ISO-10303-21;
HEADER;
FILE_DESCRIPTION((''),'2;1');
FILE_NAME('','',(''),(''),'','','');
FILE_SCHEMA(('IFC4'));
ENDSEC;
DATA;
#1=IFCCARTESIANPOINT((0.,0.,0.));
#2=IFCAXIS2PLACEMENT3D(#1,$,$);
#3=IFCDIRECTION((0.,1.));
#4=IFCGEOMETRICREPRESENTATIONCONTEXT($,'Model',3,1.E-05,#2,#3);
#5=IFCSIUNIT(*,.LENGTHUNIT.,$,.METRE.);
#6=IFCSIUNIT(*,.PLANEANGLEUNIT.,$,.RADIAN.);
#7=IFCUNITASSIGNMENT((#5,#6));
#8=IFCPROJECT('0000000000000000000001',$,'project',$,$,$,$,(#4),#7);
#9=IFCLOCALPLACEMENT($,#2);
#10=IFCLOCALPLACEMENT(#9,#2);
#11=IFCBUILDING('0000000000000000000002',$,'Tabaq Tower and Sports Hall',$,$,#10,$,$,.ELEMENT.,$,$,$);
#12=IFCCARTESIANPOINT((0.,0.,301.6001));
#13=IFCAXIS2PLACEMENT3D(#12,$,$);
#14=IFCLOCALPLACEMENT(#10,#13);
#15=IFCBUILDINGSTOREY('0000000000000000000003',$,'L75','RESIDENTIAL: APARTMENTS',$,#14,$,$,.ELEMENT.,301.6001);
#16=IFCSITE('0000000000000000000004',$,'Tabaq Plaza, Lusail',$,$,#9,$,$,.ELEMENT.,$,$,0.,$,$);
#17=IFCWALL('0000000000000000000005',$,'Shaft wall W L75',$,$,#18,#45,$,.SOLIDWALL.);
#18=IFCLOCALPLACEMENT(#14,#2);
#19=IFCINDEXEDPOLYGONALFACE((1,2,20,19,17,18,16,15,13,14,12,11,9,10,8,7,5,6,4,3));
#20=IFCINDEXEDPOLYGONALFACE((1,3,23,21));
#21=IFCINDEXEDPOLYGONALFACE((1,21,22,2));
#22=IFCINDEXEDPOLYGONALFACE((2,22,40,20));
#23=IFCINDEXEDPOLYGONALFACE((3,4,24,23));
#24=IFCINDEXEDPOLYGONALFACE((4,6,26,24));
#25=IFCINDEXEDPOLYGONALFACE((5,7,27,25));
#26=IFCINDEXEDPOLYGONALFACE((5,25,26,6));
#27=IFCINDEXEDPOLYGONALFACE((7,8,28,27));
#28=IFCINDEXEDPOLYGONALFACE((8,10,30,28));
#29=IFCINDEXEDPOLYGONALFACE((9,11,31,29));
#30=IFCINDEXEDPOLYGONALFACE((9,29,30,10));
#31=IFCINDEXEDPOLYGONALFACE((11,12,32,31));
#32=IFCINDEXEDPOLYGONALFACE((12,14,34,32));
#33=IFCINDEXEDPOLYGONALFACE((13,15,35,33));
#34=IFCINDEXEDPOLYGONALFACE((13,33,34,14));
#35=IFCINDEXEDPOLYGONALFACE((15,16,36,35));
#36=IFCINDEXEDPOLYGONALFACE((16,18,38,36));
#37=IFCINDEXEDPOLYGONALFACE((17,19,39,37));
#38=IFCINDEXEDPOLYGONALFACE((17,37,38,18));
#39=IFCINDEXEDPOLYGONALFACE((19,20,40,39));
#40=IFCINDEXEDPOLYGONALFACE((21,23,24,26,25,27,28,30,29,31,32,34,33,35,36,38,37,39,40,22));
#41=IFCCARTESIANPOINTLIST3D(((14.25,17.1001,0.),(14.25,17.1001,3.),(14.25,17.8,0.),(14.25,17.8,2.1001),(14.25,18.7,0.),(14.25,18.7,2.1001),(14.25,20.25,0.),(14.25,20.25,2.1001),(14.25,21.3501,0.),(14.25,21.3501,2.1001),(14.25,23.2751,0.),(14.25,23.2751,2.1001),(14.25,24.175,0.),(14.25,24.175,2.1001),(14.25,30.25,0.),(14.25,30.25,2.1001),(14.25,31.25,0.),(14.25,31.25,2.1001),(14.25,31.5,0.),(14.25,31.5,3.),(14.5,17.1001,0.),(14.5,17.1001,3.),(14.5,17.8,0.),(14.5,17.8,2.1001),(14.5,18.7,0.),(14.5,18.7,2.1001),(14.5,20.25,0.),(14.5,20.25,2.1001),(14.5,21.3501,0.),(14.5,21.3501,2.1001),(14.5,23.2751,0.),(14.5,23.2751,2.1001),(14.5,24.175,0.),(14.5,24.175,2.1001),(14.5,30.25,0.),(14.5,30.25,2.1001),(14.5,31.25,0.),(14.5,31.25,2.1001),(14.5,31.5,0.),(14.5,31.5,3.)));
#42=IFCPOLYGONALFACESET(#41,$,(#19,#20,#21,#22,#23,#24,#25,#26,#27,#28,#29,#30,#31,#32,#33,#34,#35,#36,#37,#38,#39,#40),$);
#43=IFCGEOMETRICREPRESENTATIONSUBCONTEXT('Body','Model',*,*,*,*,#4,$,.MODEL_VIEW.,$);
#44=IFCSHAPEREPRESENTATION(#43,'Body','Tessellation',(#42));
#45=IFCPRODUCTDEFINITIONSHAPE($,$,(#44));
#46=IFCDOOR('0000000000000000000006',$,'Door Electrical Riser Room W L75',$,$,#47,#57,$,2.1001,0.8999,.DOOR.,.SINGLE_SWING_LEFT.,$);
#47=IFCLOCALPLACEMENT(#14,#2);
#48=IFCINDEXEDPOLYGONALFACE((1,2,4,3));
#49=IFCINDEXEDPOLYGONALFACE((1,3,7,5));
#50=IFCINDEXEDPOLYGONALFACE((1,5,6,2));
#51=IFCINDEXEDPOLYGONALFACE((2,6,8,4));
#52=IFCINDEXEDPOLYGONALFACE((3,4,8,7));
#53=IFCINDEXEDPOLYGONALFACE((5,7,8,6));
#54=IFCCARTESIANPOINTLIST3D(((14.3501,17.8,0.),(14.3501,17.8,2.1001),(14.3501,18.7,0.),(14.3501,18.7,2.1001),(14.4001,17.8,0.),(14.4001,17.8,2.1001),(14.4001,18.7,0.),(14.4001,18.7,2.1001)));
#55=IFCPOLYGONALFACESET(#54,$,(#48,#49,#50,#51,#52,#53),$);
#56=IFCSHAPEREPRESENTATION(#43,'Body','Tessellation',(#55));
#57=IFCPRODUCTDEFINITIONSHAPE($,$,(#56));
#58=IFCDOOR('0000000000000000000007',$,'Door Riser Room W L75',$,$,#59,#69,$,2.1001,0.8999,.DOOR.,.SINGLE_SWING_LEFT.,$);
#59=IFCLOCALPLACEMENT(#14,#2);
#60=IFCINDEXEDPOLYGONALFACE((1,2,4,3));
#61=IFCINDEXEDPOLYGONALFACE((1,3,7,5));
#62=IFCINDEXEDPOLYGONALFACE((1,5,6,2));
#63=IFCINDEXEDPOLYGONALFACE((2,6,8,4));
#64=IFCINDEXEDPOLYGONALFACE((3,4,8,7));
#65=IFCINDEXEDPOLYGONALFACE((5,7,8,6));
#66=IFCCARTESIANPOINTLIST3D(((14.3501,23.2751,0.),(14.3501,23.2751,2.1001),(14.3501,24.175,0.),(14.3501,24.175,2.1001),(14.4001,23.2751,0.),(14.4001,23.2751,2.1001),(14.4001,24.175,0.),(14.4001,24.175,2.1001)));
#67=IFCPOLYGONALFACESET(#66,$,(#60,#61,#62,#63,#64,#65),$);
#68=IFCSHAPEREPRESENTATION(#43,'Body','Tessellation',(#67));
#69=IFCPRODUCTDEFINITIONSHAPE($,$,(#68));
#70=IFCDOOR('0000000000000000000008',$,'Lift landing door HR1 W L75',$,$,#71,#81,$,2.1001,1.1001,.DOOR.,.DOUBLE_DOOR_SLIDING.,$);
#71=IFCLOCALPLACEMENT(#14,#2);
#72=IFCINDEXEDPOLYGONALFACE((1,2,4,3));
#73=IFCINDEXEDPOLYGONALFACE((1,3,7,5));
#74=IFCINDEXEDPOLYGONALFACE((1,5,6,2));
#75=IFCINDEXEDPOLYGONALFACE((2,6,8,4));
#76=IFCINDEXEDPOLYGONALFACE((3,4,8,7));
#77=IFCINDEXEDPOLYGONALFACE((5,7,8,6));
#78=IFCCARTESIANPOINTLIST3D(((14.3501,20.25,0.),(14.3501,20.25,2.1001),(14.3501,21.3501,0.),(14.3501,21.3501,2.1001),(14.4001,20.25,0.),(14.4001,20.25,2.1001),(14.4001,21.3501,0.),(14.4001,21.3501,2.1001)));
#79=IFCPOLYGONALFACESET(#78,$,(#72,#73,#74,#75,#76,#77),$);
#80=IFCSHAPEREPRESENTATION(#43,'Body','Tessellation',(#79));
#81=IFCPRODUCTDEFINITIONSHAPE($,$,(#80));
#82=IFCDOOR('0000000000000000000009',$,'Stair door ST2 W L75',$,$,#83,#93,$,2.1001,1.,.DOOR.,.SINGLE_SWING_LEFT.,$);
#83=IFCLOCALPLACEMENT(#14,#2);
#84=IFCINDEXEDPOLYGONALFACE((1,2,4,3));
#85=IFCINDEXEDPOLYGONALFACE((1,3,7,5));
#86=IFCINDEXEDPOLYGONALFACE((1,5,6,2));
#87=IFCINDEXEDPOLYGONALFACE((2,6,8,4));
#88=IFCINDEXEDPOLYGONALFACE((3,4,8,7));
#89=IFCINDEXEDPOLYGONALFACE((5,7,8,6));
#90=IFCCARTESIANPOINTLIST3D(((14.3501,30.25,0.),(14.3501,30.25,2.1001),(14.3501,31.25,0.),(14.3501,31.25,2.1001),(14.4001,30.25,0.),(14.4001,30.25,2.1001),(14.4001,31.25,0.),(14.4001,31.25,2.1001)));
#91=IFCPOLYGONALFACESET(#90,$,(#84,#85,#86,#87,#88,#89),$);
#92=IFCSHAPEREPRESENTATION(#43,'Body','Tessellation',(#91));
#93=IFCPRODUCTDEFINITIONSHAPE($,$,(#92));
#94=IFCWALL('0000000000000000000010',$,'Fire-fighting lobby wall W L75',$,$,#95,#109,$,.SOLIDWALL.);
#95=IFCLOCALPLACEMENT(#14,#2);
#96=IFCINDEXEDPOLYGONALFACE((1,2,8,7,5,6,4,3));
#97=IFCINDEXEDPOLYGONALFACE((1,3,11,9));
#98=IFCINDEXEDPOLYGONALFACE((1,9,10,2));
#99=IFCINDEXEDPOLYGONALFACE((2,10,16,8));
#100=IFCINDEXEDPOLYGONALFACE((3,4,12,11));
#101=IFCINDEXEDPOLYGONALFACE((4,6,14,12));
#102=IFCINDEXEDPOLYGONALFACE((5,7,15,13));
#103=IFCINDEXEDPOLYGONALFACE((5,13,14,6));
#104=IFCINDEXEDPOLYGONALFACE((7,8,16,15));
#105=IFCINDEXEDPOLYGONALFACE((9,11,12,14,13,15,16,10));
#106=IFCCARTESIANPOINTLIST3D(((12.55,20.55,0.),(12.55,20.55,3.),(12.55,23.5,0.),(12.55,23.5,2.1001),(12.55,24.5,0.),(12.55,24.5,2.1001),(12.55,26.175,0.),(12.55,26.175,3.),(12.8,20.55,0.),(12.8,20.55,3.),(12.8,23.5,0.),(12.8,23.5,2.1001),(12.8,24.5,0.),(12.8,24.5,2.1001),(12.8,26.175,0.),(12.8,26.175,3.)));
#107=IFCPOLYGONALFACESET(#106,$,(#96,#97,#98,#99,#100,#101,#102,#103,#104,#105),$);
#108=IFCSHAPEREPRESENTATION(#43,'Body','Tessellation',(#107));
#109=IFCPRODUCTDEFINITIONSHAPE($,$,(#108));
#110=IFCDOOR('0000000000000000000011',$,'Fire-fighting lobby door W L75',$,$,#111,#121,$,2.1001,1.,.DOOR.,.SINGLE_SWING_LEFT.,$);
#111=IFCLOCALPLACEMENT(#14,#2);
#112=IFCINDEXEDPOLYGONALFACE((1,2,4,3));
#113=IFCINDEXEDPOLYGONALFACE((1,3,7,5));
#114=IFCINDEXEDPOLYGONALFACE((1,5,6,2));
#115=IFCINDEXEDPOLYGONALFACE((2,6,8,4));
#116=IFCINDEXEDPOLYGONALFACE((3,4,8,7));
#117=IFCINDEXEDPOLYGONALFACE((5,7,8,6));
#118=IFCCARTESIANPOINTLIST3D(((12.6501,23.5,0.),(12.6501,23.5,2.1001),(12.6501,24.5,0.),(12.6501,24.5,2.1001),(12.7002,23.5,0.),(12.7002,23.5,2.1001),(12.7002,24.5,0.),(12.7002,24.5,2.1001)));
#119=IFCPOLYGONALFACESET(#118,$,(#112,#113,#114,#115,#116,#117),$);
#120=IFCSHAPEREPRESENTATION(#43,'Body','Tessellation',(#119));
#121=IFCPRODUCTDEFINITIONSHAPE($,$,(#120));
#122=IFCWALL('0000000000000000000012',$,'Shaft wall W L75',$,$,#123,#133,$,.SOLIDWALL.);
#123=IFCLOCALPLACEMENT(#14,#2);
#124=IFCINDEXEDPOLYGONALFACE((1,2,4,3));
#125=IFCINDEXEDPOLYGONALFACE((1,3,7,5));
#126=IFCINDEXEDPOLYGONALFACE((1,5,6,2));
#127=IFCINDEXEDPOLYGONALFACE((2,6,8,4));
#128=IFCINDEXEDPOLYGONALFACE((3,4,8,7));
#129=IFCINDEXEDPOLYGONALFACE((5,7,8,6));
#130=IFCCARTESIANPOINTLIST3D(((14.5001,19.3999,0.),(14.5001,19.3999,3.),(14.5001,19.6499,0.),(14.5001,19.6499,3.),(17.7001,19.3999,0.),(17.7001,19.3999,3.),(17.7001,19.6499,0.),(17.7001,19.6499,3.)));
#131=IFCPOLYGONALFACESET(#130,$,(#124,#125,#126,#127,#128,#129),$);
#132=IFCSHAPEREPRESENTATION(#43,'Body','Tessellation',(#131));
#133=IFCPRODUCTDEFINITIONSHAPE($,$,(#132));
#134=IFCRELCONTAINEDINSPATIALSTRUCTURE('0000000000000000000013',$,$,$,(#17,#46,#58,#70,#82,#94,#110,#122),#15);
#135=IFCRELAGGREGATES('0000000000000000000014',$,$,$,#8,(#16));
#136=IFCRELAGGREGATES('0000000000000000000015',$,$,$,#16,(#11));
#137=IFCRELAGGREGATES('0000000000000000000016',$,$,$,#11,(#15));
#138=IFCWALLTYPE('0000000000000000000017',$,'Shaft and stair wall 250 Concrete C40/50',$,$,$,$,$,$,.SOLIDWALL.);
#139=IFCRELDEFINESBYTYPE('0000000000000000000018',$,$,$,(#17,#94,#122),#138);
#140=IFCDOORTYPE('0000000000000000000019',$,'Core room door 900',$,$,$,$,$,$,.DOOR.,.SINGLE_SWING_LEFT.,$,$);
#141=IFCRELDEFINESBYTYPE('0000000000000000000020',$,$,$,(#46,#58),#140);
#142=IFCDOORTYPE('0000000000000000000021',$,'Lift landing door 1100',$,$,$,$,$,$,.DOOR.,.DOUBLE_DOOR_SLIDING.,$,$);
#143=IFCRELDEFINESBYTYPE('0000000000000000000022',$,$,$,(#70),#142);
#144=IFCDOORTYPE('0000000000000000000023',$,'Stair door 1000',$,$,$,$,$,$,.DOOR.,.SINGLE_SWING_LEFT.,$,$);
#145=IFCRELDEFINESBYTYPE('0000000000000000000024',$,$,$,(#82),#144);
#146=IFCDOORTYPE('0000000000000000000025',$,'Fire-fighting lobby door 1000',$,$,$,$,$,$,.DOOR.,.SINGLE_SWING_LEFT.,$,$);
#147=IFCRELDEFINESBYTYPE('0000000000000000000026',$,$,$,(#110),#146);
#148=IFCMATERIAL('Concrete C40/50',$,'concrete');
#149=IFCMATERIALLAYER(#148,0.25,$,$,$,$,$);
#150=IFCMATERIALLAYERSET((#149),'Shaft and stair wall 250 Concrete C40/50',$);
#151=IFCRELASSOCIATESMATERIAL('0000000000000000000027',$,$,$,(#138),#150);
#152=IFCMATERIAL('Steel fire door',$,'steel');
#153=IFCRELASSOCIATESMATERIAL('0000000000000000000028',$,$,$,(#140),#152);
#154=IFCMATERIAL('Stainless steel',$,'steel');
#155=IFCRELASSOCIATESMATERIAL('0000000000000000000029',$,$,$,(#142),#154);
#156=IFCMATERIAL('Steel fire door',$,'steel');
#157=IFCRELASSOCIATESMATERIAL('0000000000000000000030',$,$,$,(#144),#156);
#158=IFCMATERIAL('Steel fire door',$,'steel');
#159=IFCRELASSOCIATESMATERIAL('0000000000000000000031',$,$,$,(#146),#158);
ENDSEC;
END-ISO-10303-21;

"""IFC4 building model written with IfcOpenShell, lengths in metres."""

from ifc_helpers import new_model, si_unit, direction, frame, frame_2d, origin, place, context, subcontext, project, spatial, rectangle, extrude, material, layer, layer_set, type_object, element, fill, save


model = new_model("IFC4")

# Units and contexts
model_context = context("Model", 3, precision=1e-05, world=origin(), true_north=direction((0.0, 1.0)))
body_context = subcontext(model_context, "Body", "Model", "MODEL_VIEW")
ifc_project = project(units=[si_unit("LENGTHUNIT", "METRE"), si_unit("PLANEANGLEUNIT", "RADIAN")], contexts=[model_context])

# Site, building, storey
site_placement = place(None, origin())
site = spatial("IfcSite", under=ifc_project, at=site_placement, Name="Tabaq Plaza, Lusail", CompositionType="ELEMENT", RefElevation=0.0)
building_placement = place(site_placement, origin())
building = spatial("IfcBuilding", under=site, at=building_placement, Name="Tabaq Tower and Sports Hall", CompositionType="ELEMENT")
storey_placement = place(building_placement, frame((0.0, 0.0, 301.6001)))
storey = spatial("IfcBuildingStorey", under=building, at=storey_placement, Name="L75", Description="RESIDENTIAL: APARTMENTS", CompositionType="ELEMENT", Elevation=301.6001)

# Wall, openings, doors
ifc_material_1 = material(Name="Concrete C40/50", Category="concrete")
ifc_layer_1 = layer(ifc_material_1, 0.25)
ifc_layer_set_1 = layer_set([ifc_layer_1], Name="Shaft and stair wall 250 Concrete C40/50")
wall_type_1 = type_object("IfcWallType", Name="Shaft and stair wall 250 Concrete C40/50", PredefinedType="SOLIDWALL", material=ifc_layer_set_1)
wall_1_placement = place(storey_placement, frame((14.375, 17.1001, 0.0), z_axis=(0.0, 0.0, 1.0), x_axis=(0.0, 1.0, 0.0)))
wall_1 = element("IfcWall", 1, at=wall_1_placement, inside=storey, type_object=wall_type_1, Name="Shaft wall W L75", PredefinedType="SOLIDWALL", context=body_context, shape_type="SweptSolid", body=[
    extrude(rectangle(XDim=14.3999, YDim=0.25, at=frame_2d((7.2, 0.0))), origin(), (0.0, 0.0, 1.0), 3.0),
])
opening_1_placement = place(wall_1_placement, frame((13.1499, 0.0, 0.0)))
opening_1 = element("IfcOpeningElement", 2, at=opening_1_placement, cuts=wall_1, PredefinedType="OPENING", context=body_context, shape_type="SweptSolid", body=[
    extrude(rectangle(XDim=1.0, YDim=2.1001, at=frame_2d((0.5, 1.05))), frame((0.0, 0.125, 0.0), z_axis=(0.0, -1.0, 0.0), x_axis=(1.0, 0.0, 0.0)), (0.0, 0.0, 1.0), 0.25),
])
opening_2_placement = place(wall_1_placement, frame((3.1499, 0.0, 0.0)))
opening_2 = element("IfcOpeningElement", 3, at=opening_2_placement, cuts=wall_1, PredefinedType="OPENING", context=body_context, shape_type="SweptSolid", body=[
    extrude(rectangle(XDim=1.1001, YDim=2.1001, at=frame_2d((0.55, 1.05))), frame((0.0, 0.125, 0.0), z_axis=(0.0, -1.0, 0.0), x_axis=(1.0, 0.0, 0.0)), (0.0, 0.0, 1.0), 0.25),
])
opening_3_placement = place(wall_1_placement, frame((0.7, 0.0, 0.0)))
opening_3 = element("IfcOpeningElement", 4, at=opening_3_placement, cuts=wall_1, PredefinedType="OPENING", context=body_context, shape_type="SweptSolid", body=[
    extrude(rectangle(XDim=0.8999, YDim=2.1001, at=frame_2d((0.45, 1.05))), frame((0.0, 0.125, 0.0), z_axis=(0.0, -1.0, 0.0), x_axis=(1.0, 0.0, 0.0)), (0.0, 0.0, 1.0), 0.25),
])
opening_4_placement = place(wall_1_placement, frame((6.175, 0.0, 0.0)))
opening_4 = element("IfcOpeningElement", 5, at=opening_4_placement, cuts=wall_1, PredefinedType="OPENING", context=body_context, shape_type="SweptSolid", body=[
    extrude(rectangle(XDim=0.8999, YDim=2.1001, at=frame_2d((0.45, 1.05))), frame((0.0, 0.125, 0.0), z_axis=(0.0, -1.0, 0.0), x_axis=(1.0, 0.0, 0.0)), (0.0, 0.0, 1.0), 0.25),
])
ifc_material_2 = material(Name="Steel fire door", Category="steel")
door_type_1 = type_object("IfcDoorType", Name="Core room door 900", OperationType="SINGLE_SWING_LEFT", PredefinedType="DOOR", material=ifc_material_2)
door_1_placement = place(opening_3_placement, origin())
door_1 = element("IfcDoor", 6, at=door_1_placement, inside=storey, type_object=door_type_1, Name="Door Electrical Riser Room W L75", OperationType="SINGLE_SWING_LEFT", OverallHeight=2.1001, OverallWidth=0.8999, PredefinedType="DOOR", context=body_context, shape_type="SweptSolid", body=[
    extrude(rectangle(XDim=0.8999, YDim=2.1001, at=frame_2d((0.45, 1.05))), frame((0.0, 0.0249, 0.0), z_axis=(0.0, -1.0, 0.0), x_axis=(1.0, 0.0, 0.0)), (0.0, 0.0, 1.0), 0.05),
])
fill(opening_3, door_1)
door_2_placement = place(opening_4_placement, origin())
door_2 = element("IfcDoor", 7, at=door_2_placement, inside=storey, type_object=door_type_1, Name="Door Riser Room W L75", OperationType="SINGLE_SWING_LEFT", OverallHeight=2.1001, OverallWidth=0.8999, PredefinedType="DOOR", context=body_context, shape_type="SweptSolid", body=[
    extrude(rectangle(XDim=0.8999, YDim=2.1001, at=frame_2d((0.45, 1.05))), frame((0.0, 0.0249, 0.0), z_axis=(0.0, -1.0, 0.0), x_axis=(1.0, 0.0, 0.0)), (0.0, 0.0, 1.0), 0.05),
])
fill(opening_4, door_2)
ifc_material_3 = material(Name="Stainless steel", Category="steel")
door_type_2 = type_object("IfcDoorType", Name="Lift landing door 1100", OperationType="DOUBLE_DOOR_SLIDING", PredefinedType="DOOR", material=ifc_material_3)
door_3_placement = place(opening_2_placement, origin())
door_3 = element("IfcDoor", 8, at=door_3_placement, inside=storey, type_object=door_type_2, Name="Lift landing door HR1 W L75", OperationType="DOUBLE_DOOR_SLIDING", OverallHeight=2.1001, OverallWidth=1.1001, PredefinedType="DOOR", context=body_context, shape_type="SweptSolid", body=[
    extrude(rectangle(XDim=1.1001, YDim=2.1001, at=frame_2d((0.55, 1.05))), frame((0.0, 0.0249, 0.0), z_axis=(0.0, -1.0, 0.0), x_axis=(1.0, 0.0, 0.0)), (0.0, 0.0, 1.0), 0.05),
])
fill(opening_2, door_3)
ifc_material_4 = material(Name="Steel fire door", Category="steel")
door_type_3 = type_object("IfcDoorType", Name="Stair door 1000", OperationType="SINGLE_SWING_LEFT", PredefinedType="DOOR", material=ifc_material_4)
door_4_placement = place(opening_1_placement, origin())
door_4 = element("IfcDoor", 9, at=door_4_placement, inside=storey, type_object=door_type_3, Name="Stair door ST2 W L75", OperationType="SINGLE_SWING_LEFT", OverallHeight=2.1001, OverallWidth=1.0, PredefinedType="DOOR", context=body_context, shape_type="SweptSolid", body=[
    extrude(rectangle(XDim=1.0, YDim=2.1001, at=frame_2d((0.5, 1.05))), frame((0.0, 0.0249, 0.0), z_axis=(0.0, -1.0, 0.0), x_axis=(1.0, 0.0, 0.0)), (0.0, 0.0, 1.0), 0.05),
])
fill(opening_1, door_4)

# Wall, opening, door
wall_2_placement = place(storey_placement, frame((12.675, 20.55, 0.0), z_axis=(0.0, 0.0, 1.0), x_axis=(0.0, 1.0, 0.0)))
wall_2 = element("IfcWall", 10, at=wall_2_placement, inside=storey, type_object=wall_type_1, Name="Fire-fighting lobby wall W L75", PredefinedType="SOLIDWALL", context=body_context, shape_type="SweptSolid", body=[
    extrude(rectangle(XDim=5.625, YDim=0.25, at=frame_2d((2.8125, 0.0))), origin(), (0.0, 0.0, 1.0), 3.0),
])
opening_5_placement = place(wall_2_placement, frame((2.95, 0.0, 0.0)))
opening_5 = element("IfcOpeningElement", 11, at=opening_5_placement, cuts=wall_2, PredefinedType="OPENING", context=body_context, shape_type="SweptSolid", body=[
    extrude(rectangle(XDim=1.0, YDim=2.1001, at=frame_2d((0.5, 1.05))), frame((0.0, 0.125, 0.0), z_axis=(0.0, -1.0, 0.0), x_axis=(1.0, 0.0, 0.0)), (0.0, 0.0, 1.0), 0.25),
])
ifc_material_5 = material(Name="Steel fire door", Category="steel")
door_type_4 = type_object("IfcDoorType", Name="Fire-fighting lobby door 1000", OperationType="SINGLE_SWING_LEFT", PredefinedType="DOOR", material=ifc_material_5)
door_5_placement = place(opening_5_placement, origin())
door_5 = element("IfcDoor", 12, at=door_5_placement, inside=storey, type_object=door_type_4, Name="Fire-fighting lobby door W L75", OperationType="SINGLE_SWING_LEFT", OverallHeight=2.1001, OverallWidth=1.0, PredefinedType="DOOR", context=body_context, shape_type="SweptSolid", body=[
    extrude(rectangle(XDim=1.0, YDim=2.1001, at=frame_2d((0.5, 1.05))), frame((0.0, 0.0249, 0.0), z_axis=(0.0, -1.0, 0.0), x_axis=(1.0, 0.0, 0.0)), (0.0, 0.0, 1.0), 0.05),
])
fill(opening_5, door_5)

# Wall
wall_3_placement = place(storey_placement, frame((14.5, 19.5249, 0.0), z_axis=(0.0, 0.0, 1.0), x_axis=(1.0, 0.0, 0.0)))
element("IfcWall", 13, at=wall_3_placement, inside=storey, type_object=wall_type_1, Name="Shaft wall W L75", PredefinedType="SOLIDWALL", context=body_context, shape_type="SweptSolid", body=[
    extrude(rectangle(XDim=3.2, YDim=0.25, at=frame_2d((1.6001, 0.0))), origin(), (0.0, 0.0, 1.0), 3.0),
])

save(model, "model.ifc")
